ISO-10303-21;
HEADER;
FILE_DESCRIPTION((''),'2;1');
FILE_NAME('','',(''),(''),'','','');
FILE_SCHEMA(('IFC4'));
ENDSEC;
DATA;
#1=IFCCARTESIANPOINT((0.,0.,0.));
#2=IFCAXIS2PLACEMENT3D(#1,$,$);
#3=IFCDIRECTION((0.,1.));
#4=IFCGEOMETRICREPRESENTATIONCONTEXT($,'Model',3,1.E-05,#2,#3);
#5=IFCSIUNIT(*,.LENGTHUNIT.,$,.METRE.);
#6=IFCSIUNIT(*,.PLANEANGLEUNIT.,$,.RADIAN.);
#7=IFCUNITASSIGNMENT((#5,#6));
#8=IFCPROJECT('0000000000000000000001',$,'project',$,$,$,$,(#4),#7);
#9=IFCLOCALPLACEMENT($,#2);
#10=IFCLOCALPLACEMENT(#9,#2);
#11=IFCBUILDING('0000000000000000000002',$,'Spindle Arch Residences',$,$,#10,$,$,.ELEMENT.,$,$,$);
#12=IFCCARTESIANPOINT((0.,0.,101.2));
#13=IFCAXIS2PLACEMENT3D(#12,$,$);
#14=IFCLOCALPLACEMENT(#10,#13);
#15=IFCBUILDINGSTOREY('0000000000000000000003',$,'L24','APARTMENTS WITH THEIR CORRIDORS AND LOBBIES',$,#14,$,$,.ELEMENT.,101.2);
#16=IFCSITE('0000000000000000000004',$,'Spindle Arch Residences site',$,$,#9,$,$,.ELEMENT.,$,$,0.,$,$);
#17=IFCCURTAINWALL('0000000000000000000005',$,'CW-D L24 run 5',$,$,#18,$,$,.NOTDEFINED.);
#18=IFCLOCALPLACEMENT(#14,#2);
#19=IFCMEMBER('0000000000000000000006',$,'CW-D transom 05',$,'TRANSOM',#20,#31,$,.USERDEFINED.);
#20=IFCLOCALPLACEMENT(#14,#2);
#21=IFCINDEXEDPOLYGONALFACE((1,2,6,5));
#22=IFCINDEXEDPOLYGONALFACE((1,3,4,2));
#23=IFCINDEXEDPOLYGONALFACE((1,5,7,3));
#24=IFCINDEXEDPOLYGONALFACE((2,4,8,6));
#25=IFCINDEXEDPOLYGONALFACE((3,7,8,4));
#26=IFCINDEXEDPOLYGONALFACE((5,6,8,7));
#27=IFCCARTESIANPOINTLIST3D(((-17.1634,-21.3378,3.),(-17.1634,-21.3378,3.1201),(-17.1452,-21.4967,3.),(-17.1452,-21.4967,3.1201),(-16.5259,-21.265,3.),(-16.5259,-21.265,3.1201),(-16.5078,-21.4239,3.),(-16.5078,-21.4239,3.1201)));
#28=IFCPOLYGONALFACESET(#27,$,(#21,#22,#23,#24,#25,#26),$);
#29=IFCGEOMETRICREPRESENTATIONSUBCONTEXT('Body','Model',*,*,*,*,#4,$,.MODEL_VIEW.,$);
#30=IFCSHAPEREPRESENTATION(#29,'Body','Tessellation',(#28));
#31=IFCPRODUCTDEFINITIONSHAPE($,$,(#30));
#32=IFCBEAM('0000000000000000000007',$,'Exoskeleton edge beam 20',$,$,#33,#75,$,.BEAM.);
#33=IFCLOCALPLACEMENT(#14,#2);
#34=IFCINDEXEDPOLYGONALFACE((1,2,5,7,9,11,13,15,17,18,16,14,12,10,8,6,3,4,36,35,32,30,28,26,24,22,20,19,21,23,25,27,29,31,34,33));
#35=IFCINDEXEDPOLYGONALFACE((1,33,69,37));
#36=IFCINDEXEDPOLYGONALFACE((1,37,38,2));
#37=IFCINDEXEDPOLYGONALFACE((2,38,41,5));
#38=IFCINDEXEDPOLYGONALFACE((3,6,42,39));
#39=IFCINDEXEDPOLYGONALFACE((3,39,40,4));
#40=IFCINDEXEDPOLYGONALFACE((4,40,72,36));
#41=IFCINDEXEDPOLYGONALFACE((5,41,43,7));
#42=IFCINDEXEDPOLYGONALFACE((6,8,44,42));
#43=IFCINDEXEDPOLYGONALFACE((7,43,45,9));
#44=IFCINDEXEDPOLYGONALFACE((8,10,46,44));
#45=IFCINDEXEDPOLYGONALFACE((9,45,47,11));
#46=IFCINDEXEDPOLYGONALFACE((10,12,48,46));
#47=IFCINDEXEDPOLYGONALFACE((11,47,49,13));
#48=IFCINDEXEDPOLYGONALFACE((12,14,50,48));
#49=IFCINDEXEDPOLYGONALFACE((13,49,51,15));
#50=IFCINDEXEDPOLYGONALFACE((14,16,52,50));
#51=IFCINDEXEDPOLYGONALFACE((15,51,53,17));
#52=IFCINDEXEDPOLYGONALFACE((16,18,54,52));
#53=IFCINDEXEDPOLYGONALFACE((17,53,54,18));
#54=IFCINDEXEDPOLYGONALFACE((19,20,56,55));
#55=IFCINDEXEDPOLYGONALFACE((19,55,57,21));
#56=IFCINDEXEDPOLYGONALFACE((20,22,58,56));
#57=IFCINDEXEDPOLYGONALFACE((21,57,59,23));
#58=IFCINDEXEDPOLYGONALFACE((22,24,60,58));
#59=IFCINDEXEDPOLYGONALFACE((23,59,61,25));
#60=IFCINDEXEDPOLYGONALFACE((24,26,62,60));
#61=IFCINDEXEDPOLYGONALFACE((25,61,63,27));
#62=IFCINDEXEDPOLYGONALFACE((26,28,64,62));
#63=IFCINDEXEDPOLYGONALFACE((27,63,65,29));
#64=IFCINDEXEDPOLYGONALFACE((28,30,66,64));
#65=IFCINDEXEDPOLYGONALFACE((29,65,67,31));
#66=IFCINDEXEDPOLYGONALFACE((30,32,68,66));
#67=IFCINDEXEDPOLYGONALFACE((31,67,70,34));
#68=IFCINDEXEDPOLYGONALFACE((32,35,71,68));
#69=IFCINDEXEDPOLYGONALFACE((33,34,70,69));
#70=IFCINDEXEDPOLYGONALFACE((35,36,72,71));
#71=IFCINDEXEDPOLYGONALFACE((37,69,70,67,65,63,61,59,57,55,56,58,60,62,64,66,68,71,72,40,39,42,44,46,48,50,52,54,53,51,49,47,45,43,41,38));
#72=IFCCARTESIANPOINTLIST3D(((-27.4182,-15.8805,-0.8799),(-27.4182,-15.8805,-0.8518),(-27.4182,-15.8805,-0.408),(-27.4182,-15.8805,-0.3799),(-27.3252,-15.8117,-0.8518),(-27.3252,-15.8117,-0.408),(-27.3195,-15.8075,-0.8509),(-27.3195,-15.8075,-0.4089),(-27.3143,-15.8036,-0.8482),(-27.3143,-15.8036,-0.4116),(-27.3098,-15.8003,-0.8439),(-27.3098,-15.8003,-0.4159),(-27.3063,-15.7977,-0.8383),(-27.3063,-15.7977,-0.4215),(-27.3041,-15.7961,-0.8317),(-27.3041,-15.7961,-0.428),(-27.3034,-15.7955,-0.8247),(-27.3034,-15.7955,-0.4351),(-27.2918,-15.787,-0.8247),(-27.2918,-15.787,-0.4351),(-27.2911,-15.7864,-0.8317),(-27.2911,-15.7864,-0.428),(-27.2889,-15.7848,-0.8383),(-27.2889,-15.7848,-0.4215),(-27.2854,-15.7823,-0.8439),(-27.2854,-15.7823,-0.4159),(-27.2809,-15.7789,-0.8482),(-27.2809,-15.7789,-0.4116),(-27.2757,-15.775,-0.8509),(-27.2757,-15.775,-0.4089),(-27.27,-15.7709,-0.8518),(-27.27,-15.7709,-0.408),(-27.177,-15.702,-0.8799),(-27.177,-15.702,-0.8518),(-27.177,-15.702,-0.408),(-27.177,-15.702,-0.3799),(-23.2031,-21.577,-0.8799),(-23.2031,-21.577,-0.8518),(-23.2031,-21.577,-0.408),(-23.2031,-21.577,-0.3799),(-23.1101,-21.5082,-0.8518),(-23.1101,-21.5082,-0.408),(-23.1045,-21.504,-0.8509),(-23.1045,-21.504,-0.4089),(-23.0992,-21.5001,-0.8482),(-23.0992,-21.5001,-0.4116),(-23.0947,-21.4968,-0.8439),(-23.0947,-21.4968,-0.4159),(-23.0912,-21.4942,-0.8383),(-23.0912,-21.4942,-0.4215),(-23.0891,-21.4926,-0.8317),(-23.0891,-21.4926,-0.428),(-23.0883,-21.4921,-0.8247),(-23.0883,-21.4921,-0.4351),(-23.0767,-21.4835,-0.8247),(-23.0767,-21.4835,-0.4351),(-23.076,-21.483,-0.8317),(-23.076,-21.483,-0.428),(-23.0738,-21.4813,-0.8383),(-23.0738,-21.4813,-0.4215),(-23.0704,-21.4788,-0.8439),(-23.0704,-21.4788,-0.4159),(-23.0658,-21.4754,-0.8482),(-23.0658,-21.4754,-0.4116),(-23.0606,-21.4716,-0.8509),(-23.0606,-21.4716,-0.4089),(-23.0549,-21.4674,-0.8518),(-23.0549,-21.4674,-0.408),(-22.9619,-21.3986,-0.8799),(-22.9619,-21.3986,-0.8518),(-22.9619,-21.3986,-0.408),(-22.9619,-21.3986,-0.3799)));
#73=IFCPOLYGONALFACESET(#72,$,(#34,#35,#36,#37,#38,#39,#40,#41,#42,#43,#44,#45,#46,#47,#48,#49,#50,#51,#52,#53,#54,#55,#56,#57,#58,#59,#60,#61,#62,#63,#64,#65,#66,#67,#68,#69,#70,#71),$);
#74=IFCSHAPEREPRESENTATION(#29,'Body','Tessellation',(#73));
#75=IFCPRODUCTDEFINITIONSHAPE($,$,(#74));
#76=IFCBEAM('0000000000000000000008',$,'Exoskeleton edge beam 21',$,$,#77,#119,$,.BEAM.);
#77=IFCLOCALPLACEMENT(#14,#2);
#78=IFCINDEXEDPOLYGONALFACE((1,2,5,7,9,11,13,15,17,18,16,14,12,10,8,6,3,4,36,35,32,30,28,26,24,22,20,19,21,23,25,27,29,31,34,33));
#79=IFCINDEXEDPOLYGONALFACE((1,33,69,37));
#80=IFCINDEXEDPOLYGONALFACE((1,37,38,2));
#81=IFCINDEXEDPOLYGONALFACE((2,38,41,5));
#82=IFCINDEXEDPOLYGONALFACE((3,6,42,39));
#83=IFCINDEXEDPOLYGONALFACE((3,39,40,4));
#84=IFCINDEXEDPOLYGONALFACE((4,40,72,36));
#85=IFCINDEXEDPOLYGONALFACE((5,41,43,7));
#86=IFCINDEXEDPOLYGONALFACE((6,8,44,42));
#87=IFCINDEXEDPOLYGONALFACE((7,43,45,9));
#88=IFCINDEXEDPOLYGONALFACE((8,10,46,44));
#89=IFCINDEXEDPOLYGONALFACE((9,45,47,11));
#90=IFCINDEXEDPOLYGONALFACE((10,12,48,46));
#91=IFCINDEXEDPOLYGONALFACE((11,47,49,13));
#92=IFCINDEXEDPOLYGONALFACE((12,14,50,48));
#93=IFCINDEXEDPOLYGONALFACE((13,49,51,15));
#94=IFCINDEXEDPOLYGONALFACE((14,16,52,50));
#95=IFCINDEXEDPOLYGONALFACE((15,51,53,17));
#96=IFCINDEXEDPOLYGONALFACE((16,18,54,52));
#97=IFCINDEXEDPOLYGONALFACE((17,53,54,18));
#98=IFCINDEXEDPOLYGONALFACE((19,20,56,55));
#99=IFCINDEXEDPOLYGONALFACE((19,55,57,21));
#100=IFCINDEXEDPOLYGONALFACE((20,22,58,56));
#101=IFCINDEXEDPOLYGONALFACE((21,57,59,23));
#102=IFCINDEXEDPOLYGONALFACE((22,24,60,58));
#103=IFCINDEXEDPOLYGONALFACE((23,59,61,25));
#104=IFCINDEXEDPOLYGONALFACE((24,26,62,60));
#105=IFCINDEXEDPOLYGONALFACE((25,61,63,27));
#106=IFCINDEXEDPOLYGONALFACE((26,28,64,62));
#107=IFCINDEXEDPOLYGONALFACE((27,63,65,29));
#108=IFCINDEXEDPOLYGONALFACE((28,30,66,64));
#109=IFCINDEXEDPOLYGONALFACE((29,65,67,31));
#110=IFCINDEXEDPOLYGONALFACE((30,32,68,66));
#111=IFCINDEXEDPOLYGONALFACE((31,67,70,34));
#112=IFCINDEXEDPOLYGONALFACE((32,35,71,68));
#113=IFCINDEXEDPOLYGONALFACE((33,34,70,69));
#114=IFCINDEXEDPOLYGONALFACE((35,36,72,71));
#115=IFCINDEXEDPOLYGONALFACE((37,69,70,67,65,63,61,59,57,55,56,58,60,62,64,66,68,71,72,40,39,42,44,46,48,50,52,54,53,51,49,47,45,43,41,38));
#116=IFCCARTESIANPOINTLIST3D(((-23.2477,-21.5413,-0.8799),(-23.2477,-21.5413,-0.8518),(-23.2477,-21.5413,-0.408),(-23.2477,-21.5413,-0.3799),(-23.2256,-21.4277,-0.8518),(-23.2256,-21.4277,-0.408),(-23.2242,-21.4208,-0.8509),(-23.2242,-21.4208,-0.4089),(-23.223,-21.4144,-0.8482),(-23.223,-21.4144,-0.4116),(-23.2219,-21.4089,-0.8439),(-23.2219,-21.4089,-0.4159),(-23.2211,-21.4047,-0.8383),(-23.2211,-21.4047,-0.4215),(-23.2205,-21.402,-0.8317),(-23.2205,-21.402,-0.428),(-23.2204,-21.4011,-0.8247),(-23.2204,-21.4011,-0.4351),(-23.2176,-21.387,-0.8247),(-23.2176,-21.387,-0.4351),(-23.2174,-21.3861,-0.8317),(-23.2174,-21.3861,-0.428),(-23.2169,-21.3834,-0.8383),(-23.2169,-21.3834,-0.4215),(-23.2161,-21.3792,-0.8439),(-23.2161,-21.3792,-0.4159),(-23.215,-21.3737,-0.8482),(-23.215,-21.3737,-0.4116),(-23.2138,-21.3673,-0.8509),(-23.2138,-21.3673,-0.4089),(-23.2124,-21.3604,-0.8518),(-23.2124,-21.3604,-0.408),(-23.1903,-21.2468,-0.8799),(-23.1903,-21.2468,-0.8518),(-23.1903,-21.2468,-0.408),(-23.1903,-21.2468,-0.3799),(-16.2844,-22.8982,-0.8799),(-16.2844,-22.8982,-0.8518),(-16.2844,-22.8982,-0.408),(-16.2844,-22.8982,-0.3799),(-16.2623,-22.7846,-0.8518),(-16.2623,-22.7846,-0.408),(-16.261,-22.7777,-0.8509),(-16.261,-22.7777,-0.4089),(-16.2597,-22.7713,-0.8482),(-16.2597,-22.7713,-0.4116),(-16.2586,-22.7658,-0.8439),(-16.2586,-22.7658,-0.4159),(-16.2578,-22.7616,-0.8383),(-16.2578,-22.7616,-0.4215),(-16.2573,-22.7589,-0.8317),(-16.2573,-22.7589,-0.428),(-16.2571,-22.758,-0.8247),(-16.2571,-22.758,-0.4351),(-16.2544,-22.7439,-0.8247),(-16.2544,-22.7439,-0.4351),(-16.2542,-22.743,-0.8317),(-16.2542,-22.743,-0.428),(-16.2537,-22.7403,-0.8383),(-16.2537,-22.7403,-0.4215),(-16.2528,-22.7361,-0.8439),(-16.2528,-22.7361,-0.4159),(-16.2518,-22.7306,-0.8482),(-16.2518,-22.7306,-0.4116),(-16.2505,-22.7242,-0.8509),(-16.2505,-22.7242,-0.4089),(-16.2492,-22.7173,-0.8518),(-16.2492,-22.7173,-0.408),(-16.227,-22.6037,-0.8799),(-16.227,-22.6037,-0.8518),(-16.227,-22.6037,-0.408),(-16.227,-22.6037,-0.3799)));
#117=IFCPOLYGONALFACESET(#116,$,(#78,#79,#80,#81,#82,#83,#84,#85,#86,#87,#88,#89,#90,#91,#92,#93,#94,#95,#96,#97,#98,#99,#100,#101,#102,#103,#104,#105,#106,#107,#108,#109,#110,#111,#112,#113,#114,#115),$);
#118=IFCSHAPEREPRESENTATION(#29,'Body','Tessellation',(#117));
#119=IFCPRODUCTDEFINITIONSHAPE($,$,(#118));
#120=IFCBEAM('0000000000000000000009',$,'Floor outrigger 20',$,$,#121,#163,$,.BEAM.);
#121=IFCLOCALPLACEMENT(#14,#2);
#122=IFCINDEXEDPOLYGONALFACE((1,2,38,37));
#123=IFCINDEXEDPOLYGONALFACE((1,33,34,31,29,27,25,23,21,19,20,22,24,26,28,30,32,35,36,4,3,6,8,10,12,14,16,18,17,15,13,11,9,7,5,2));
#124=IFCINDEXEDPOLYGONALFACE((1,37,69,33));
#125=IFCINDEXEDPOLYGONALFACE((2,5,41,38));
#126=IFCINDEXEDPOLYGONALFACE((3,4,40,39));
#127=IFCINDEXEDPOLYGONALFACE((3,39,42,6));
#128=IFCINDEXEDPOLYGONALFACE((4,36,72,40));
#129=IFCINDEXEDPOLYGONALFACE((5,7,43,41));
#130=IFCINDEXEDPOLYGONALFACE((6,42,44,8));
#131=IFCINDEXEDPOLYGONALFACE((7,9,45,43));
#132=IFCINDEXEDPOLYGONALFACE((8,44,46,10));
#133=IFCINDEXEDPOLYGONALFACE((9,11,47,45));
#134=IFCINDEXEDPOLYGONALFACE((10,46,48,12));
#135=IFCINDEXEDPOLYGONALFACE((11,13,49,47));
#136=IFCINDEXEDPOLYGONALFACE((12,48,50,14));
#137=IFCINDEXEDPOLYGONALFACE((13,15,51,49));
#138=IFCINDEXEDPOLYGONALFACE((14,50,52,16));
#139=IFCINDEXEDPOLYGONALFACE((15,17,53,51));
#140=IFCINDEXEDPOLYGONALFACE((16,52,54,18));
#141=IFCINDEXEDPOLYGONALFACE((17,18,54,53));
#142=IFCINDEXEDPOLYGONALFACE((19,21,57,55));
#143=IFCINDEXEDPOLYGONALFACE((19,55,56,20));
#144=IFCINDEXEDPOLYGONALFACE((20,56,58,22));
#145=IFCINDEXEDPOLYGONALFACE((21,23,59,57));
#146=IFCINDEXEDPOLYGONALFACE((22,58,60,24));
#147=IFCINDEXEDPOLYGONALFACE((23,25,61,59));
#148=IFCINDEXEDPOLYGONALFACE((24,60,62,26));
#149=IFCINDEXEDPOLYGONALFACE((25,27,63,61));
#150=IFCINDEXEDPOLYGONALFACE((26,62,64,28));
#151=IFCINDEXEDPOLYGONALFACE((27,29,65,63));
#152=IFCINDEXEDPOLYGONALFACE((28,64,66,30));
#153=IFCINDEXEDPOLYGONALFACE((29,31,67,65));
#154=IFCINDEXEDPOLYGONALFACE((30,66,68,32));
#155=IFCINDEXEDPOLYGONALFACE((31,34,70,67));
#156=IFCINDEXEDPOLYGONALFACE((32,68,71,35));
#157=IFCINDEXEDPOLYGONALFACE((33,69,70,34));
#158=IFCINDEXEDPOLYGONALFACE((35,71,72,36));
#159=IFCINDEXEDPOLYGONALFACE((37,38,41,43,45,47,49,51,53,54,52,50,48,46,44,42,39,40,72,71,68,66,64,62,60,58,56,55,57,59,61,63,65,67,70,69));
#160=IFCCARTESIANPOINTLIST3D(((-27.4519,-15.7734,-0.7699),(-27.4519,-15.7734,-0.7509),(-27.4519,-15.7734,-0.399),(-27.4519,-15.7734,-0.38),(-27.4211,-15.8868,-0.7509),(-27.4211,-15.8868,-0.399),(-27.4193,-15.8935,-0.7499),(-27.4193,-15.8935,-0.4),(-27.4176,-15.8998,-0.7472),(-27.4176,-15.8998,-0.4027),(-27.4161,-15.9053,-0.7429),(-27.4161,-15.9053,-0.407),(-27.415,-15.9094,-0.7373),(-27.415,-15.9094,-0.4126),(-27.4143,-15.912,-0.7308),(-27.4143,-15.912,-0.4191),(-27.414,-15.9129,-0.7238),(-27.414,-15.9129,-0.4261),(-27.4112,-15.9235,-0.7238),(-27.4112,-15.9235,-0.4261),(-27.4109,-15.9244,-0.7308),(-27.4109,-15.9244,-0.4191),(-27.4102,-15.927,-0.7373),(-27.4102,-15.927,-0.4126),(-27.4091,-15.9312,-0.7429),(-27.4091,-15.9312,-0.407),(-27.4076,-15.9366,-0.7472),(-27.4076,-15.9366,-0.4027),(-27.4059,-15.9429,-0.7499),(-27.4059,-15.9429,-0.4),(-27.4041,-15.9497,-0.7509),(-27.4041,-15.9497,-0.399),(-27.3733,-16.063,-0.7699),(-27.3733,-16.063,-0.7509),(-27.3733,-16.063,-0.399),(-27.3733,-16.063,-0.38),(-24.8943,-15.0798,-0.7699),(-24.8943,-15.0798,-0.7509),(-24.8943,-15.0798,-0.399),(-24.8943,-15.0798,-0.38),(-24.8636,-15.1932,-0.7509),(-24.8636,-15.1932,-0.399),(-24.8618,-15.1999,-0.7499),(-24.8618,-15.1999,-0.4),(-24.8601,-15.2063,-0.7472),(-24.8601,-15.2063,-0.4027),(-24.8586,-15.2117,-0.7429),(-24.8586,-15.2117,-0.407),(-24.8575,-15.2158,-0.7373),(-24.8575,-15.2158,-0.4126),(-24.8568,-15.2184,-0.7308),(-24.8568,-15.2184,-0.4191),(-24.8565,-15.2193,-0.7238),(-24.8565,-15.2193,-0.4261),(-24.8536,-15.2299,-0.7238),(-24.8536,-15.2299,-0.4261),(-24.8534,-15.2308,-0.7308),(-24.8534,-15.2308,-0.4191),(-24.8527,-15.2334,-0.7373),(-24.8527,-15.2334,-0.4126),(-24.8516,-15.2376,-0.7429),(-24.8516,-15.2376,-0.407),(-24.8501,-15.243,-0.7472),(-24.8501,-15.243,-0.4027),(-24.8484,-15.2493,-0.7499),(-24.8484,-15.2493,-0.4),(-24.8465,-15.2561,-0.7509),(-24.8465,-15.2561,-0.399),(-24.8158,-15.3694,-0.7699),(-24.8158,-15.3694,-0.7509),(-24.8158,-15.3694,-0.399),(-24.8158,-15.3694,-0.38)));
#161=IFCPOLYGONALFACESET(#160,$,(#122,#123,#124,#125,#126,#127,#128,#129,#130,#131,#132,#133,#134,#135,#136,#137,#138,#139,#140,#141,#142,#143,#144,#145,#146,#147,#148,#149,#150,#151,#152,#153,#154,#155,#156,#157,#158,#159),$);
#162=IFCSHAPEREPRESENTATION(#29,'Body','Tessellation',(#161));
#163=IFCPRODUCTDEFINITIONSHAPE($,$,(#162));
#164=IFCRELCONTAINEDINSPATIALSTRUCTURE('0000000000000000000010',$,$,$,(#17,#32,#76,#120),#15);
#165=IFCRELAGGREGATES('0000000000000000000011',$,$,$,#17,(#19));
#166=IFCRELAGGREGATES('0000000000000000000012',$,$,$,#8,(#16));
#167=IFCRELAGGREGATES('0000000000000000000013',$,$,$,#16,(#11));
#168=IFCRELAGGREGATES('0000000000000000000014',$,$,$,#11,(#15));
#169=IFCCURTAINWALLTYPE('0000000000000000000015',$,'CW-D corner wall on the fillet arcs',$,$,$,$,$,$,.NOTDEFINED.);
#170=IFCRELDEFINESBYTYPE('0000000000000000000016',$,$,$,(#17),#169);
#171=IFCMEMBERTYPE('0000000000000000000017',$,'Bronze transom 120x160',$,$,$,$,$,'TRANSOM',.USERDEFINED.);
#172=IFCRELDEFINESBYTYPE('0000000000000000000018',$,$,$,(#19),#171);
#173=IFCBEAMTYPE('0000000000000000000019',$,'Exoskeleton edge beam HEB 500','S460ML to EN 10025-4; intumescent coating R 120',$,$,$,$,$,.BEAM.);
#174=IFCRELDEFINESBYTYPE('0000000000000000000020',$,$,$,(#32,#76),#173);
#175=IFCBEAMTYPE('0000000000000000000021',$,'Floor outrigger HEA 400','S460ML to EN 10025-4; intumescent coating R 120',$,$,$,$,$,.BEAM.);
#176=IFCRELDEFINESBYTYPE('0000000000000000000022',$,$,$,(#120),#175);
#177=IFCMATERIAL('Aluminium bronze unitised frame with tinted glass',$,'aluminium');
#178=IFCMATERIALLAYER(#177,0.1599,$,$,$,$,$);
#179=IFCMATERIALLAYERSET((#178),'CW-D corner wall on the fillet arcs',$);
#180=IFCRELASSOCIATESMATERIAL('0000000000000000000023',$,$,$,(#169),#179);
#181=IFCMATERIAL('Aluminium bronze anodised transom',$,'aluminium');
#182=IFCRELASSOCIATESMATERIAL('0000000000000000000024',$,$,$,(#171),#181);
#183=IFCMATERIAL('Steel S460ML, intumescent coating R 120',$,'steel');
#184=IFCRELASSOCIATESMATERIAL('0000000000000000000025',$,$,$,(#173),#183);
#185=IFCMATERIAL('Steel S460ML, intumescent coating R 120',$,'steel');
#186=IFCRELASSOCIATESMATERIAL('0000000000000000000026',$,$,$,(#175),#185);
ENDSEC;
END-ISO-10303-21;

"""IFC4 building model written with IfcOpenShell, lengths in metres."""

from ifc_helpers import new_model, si_unit, direction, frame, origin, origin_2d, place, context, subcontext, project, spatial, rectangle, i_section, extrude, material, layer, layer_set, material_profile, profile_set, type_object, element, aggregate, save


model = new_model("IFC4")

# Units and contexts
model_context = context("Model", 3, precision=1e-05, world=origin(), true_north=direction((0.0, 1.0)))
body_context = subcontext(model_context, "Body", "Model", "MODEL_VIEW")
ifc_project = project(units=[si_unit("LENGTHUNIT", "METRE"), si_unit("PLANEANGLEUNIT", "RADIAN")], contexts=[model_context])

# Site, building, storey
site_placement = place(None, origin())
site = spatial("IfcSite", under=ifc_project, at=site_placement, Name="Spindle Arch Residences site", CompositionType="ELEMENT", RefElevation=0.0)
building_placement = place(site_placement, origin())
building = spatial("IfcBuilding", under=site, at=building_placement, Name="Spindle Arch Residences", CompositionType="ELEMENT")
storey_placement = place(building_placement, frame((0.0, 0.0, 101.2)))
storey = spatial("IfcBuildingStorey", under=building, at=storey_placement, Name="L24", Description="APARTMENTS WITH THEIR CORRIDORS AND LOBBIES", CompositionType="ELEMENT", Elevation=101.2)

# Curtain wall
ifc_material_1 = material(Name="Aluminium bronze unitised frame with tinted glass", Category="aluminium")
ifc_layer_1 = layer(ifc_material_1, 0.1599)
ifc_layer_set_1 = layer_set([ifc_layer_1], Name="CW-D corner wall on the fillet arcs")
curtain_wall_type_1 = type_object("IfcCurtainWallType", Name="CW-D corner wall on the fillet arcs", PredefinedType="NOTDEFINED", material=ifc_layer_set_1)
curtain_wall_1_placement = place(storey_placement, origin())
curtain_wall_1 = element("IfcCurtainWall", 1, at=curtain_wall_1_placement, inside=storey, type_object=curtain_wall_type_1, Name="CW-D L24 run 5", PredefinedType="NOTDEFINED")

# Member
ifc_material_2 = material(Name="Aluminium bronze anodised transom", Category="aluminium")
ifc_material_profile_1 = material_profile(ifc_material_2, rectangle(XDim=0.1599, YDim=0.1201, at=origin_2d()), Name="TR 120x160")
ifc_profile_set_1 = profile_set([ifc_material_profile_1], Name="Aluminium bronze anodised transom")
member_type_1 = type_object("IfcMemberType", Name="Bronze transom 120x160", ElementType="TRANSOM", PredefinedType="USERDEFINED", material=ifc_profile_set_1)
member_1_placement = place(storey_placement, frame((-17.1543, -21.4172, 3.0601), z_axis=(0.99355, 0.113396, 0.0), x_axis=(-0.113396, 0.99355, 0.0)))
member_1 = element("IfcMember", 2, at=member_1_placement, type_object=member_type_1, Name="CW-D transom 05", ObjectType="TRANSOM", PredefinedType="USERDEFINED", context=body_context, shape_type="SweptSolid", body=[
    extrude(rectangle(XDim=0.1599, YDim=0.1201, at=origin_2d()), origin(), (0.0, 0.0, 1.0), 0.6416),
])

# Beams
ifc_material_3 = material(Name="Steel S460ML, intumescent coating R 120", Category="steel")
ifc_material_profile_2 = material_profile(ifc_material_3, i_section(OverallWidth=0.3, OverallDepth=0.5, WebThickness=0.0144, FlangeThickness=0.0281, FilletRadius=0.0271, at=origin_2d()), Name="HEB 500")
ifc_profile_set_2 = profile_set([ifc_material_profile_2], Name="Steel S460ML, intumescent coating R 120")
beam_type_1 = type_object("IfcBeamType", Name="Exoskeleton edge beam HEB 500", Description="S460ML to EN 10025-4; intumescent coating R 120", PredefinedType="BEAM", material=ifc_profile_set_2)
beam_1_placement = place(storey_placement, frame((-27.2976, -15.7913, -0.6299), z_axis=(0.594811, -0.803865, 0.0), x_axis=(0.803865, 0.594811, 0.0)))
element("IfcBeam", 3, at=beam_1_placement, inside=storey, type_object=beam_type_1, Name="Exoskeleton edge beam 20", PredefinedType="BEAM", context=body_context, shape_type="SweptSolid", body=[
    extrude(i_section(OverallWidth=0.3, OverallDepth=0.5, WebThickness=0.0144, FlangeThickness=0.0281, FilletRadius=0.0271, at=origin_2d()), origin(), (0.0, 0.0, 1.0), 7.0864),
])
beam_2_placement = place(storey_placement, frame((-23.219, -21.394, -0.6299), z_axis=(0.981538, -0.191269, 0.0), x_axis=(0.191269, 0.981538, 0.0)))
element("IfcBeam", 4, at=beam_2_placement, inside=storey, type_object=beam_type_1, Name="Exoskeleton edge beam 21", PredefinedType="BEAM", context=body_context, shape_type="SweptSolid", body=[
    extrude(i_section(OverallWidth=0.3, OverallDepth=0.5, WebThickness=0.0144, FlangeThickness=0.0281, FilletRadius=0.0271, at=origin_2d()), origin(), (0.0, 0.0, 1.0), 7.0942),
])
ifc_material_4 = material(Name="Steel S460ML, intumescent coating R 120", Category="steel")
ifc_material_profile_3 = material_profile(ifc_material_4, i_section(OverallWidth=0.3, OverallDepth=0.3899, WebThickness=0.011, FlangeThickness=0.019, FilletRadius=0.0271, at=origin_2d()), Name="HEA 400")
ifc_profile_set_3 = profile_set([ifc_material_profile_3], Name="Steel S460ML, intumescent coating R 120")
beam_type_2 = type_object("IfcBeamType", Name="Floor outrigger HEA 400", Description="S460ML to EN 10025-4; intumescent coating R 120", PredefinedType="BEAM", material=ifc_profile_set_3)
for number, where, z_axis, x_axis, name in (
    (5, (-27.4126, -15.9182, -0.575), (0.965139, 0.261737, 0.0), (-0.261737, 0.965139, 0.0), "Floor outrigger 20"),
):
    element("IfcBeam", number, at=place(storey_placement, frame(where, z_axis=z_axis, x_axis=x_axis)), inside=storey, type_object=beam_type_2, Name=name, PredefinedType="BEAM", context=body_context, shape_type="SweptSolid", body=[
        extrude(i_section(OverallWidth=0.3, OverallDepth=0.3899, WebThickness=0.011, FlangeThickness=0.019, FilletRadius=0.0271, at=origin_2d()), origin(), (0.0, 0.0, 1.0), 2.6499),
    ])

aggregate(curtain_wall_1, [member_1])

save(model, "model.ifc")
